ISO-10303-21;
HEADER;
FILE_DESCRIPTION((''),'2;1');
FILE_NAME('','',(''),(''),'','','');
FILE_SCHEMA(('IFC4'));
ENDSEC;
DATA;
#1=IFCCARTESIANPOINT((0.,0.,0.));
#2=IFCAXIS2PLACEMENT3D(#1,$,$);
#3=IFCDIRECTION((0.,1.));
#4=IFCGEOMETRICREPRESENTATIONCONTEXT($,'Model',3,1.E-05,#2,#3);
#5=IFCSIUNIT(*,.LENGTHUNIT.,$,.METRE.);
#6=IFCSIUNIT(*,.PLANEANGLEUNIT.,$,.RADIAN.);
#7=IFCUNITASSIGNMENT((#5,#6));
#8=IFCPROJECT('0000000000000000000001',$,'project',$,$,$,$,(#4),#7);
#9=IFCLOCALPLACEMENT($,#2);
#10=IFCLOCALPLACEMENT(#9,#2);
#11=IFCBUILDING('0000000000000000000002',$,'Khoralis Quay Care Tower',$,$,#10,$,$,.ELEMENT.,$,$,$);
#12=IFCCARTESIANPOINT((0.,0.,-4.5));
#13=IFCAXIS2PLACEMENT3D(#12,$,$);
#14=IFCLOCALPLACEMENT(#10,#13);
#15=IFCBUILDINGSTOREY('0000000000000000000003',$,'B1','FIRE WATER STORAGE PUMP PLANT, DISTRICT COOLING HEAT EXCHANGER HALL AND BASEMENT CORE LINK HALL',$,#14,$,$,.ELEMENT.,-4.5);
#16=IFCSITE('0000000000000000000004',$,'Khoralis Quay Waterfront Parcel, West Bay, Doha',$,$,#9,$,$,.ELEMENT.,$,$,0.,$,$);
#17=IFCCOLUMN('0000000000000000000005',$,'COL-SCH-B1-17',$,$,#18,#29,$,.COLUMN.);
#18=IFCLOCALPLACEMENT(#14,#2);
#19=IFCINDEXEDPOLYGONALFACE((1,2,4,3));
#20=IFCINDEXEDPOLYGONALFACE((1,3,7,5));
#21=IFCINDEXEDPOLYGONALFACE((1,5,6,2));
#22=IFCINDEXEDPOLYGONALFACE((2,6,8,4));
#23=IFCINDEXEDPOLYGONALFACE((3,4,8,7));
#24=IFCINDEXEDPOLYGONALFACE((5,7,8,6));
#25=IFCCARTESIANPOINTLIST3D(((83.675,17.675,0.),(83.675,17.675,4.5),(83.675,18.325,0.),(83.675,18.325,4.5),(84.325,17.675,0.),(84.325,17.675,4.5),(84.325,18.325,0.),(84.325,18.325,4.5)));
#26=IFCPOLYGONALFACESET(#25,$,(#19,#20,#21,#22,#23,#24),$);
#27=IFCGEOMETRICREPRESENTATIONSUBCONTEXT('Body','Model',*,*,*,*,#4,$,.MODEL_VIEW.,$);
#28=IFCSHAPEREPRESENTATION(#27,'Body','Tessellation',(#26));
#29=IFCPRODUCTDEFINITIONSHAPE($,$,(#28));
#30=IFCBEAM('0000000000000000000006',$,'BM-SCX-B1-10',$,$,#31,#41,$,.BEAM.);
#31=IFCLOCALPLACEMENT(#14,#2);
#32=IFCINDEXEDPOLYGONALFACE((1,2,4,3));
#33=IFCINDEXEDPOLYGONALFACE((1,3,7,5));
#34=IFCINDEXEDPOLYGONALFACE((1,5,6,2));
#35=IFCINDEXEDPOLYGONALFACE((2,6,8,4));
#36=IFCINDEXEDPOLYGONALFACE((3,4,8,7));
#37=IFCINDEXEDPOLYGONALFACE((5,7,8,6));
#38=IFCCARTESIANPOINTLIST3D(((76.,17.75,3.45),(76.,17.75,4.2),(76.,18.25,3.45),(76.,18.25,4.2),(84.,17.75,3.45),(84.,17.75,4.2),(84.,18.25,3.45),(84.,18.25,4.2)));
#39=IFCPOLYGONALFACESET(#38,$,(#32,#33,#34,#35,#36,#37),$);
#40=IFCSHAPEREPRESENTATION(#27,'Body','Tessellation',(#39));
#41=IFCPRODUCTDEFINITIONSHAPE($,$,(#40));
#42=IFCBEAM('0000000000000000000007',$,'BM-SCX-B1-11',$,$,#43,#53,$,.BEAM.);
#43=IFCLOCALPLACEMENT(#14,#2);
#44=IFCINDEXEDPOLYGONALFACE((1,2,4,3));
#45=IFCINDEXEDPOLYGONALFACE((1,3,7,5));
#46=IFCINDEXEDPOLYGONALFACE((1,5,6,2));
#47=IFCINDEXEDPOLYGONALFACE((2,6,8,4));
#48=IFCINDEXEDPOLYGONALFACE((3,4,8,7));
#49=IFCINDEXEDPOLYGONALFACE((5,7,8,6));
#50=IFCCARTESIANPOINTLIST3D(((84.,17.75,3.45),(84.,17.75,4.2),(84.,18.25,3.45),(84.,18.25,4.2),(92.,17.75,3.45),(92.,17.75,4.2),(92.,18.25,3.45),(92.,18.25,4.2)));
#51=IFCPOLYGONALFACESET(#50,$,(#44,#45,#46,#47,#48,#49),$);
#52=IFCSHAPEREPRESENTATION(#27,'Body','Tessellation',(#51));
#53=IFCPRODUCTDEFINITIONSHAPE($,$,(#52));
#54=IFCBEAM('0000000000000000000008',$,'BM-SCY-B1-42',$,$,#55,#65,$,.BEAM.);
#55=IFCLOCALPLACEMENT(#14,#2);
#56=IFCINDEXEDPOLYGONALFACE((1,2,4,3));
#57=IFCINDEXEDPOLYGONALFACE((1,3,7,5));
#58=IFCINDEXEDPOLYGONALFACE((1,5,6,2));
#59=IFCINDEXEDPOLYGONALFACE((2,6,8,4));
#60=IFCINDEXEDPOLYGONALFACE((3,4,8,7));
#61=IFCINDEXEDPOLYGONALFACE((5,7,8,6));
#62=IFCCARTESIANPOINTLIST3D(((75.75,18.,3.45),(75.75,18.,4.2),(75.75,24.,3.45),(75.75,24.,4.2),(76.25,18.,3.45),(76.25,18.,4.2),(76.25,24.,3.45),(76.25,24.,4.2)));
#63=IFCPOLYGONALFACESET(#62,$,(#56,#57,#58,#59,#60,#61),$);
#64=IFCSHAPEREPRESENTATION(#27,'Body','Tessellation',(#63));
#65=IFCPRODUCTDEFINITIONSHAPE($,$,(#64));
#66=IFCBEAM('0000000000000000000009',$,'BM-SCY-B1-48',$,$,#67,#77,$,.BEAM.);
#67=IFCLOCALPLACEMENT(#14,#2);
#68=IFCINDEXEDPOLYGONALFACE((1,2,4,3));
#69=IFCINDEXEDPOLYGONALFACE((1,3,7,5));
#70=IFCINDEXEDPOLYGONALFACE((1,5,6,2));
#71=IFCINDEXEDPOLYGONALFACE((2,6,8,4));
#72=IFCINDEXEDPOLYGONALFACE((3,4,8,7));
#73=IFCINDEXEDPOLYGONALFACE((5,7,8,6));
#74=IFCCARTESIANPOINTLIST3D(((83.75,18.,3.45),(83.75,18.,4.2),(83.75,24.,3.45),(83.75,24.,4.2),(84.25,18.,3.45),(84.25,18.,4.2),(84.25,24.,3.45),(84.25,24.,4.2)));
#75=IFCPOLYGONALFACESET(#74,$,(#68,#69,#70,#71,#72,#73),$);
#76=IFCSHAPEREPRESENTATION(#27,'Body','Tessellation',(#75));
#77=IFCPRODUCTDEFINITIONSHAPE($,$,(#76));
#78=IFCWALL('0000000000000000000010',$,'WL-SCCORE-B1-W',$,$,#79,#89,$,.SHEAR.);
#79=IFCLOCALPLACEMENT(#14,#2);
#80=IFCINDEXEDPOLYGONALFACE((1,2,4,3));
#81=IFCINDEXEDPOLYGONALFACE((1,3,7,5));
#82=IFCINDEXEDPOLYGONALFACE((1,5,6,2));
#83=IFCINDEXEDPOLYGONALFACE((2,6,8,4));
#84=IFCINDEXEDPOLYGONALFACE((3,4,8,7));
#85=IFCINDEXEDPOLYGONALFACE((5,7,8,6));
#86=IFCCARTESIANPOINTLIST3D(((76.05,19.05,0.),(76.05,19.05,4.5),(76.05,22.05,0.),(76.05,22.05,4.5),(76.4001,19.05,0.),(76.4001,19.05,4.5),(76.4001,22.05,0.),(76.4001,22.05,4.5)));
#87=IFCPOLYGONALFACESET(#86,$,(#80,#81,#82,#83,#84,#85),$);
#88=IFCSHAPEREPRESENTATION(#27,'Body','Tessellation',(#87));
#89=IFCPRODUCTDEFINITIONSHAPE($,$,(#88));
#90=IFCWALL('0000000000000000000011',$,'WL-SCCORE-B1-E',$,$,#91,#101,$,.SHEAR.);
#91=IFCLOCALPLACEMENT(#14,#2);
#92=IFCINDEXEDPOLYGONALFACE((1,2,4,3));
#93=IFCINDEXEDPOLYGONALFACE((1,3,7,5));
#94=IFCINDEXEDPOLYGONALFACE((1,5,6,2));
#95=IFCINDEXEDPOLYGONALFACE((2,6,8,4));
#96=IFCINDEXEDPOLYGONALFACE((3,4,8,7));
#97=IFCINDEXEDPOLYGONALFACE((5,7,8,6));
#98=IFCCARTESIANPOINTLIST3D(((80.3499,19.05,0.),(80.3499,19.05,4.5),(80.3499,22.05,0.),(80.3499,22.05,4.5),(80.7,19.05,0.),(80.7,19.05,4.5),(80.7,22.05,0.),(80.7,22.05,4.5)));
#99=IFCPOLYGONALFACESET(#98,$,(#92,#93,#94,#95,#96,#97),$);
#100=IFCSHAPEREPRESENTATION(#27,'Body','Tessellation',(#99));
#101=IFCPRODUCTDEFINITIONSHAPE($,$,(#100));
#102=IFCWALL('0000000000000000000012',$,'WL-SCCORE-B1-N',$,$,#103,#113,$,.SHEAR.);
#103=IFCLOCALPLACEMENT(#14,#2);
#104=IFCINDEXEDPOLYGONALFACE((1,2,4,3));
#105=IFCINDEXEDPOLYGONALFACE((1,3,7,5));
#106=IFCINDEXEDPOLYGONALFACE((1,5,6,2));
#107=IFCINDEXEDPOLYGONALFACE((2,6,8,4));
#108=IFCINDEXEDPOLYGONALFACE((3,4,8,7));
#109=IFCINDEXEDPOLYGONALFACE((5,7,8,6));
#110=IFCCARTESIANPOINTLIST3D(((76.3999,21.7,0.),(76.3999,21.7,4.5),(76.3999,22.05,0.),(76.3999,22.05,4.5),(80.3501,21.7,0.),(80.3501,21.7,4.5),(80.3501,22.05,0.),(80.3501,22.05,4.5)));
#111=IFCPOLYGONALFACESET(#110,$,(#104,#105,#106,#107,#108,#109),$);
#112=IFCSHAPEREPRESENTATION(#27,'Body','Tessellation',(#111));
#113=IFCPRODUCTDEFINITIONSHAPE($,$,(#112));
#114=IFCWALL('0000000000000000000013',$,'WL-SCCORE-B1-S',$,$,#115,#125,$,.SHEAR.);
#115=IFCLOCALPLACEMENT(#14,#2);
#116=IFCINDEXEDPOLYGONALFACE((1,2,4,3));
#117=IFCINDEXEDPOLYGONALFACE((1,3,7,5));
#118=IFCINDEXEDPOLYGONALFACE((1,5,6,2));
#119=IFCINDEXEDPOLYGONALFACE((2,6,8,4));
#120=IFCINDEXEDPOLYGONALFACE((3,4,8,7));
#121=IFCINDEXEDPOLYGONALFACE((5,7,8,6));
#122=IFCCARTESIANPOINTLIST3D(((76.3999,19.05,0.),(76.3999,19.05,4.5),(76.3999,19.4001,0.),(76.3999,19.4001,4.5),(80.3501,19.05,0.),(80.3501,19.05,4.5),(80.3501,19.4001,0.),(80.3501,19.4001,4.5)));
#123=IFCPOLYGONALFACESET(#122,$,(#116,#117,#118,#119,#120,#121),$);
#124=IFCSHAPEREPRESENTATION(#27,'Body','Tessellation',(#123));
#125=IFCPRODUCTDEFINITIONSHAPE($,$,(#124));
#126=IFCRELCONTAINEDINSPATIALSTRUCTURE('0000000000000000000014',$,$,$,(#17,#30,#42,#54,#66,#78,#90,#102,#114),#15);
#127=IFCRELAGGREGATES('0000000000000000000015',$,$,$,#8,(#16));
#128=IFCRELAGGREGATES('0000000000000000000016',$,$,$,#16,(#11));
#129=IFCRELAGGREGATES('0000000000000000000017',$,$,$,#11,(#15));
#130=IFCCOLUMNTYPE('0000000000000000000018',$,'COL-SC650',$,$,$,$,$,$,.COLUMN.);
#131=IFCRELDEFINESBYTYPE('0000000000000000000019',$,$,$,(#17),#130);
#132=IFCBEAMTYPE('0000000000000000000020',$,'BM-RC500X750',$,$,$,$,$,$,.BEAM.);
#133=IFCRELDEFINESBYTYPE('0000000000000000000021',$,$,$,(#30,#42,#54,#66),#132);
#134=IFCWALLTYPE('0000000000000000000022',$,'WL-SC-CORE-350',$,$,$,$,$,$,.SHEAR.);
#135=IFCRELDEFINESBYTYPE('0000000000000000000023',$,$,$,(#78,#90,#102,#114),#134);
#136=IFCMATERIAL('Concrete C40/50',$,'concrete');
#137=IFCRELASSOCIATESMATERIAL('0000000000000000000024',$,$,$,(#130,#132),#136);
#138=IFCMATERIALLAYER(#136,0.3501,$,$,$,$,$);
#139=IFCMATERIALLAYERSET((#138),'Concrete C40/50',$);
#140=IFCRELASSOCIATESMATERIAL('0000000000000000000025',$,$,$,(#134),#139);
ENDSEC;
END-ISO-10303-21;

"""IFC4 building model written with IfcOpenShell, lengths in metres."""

from ifc_helpers import new_model, si_unit, direction, frame, frame_2d, origin, origin_2d, place, context, subcontext, project, spatial, rectangle, extrude, source, transform, mapped, material, layer, layer_set, material_profile, profile_set, type_object, element, save


model = new_model("IFC4")

# Units and contexts
model_context = context("Model", 3, precision=1e-05, world=origin(), true_north=direction((0.0, 1.0)))
body_context = subcontext(model_context, "Body", "Model", "MODEL_VIEW")
ifc_project = project(units=[si_unit("LENGTHUNIT", "METRE"), si_unit("PLANEANGLEUNIT", "RADIAN")], contexts=[model_context])

# Site, building, storey
site_placement = place(None, origin())
site = spatial("IfcSite", under=ifc_project, at=site_placement, Name="Khoralis Quay Waterfront Parcel, West Bay, Doha", CompositionType="ELEMENT", RefElevation=0.0)
building_placement = place(site_placement, origin())
building = spatial("IfcBuilding", under=site, at=building_placement, Name="Khoralis Quay Care Tower", CompositionType="ELEMENT")
storey_placement = place(building_placement, frame((0.0, 0.0, -4.5)))
storey = spatial("IfcBuildingStorey", under=building, at=storey_placement, Name="B1", Description="FIRE WATER STORAGE PUMP PLANT, DISTRICT COOLING HEAT EXCHANGER HALL AND BASEMENT CORE LINK HALL", CompositionType="ELEMENT", Elevation=-4.5)

# Column
ifc_material_1 = material(Name="Concrete C40/50", Category="concrete")
ifc_material_profile_1 = material_profile(ifc_material_1, rectangle(XDim=0.6499, YDim=0.6499, at=origin_2d()), Name="Concrete C40/50")
ifc_profile_set_1 = profile_set([ifc_material_profile_1], Name="Concrete C40/50")
column_type = type_object("IfcColumnType", Name="COL-SC650", PredefinedType="COLUMN", material=ifc_profile_set_1)
shared_shape_1 = source(origin(), body_context, "Body", "SweptSolid", [
    extrude(rectangle(XDim=0.6499, YDim=0.6499, at=origin_2d()), origin(), (0.0, 0.0, 1.0), 4.5),
])
column_placement = place(storey_placement, frame((84.0, 18.0, 0.0), z_axis=(0.0, 0.0, 1.0), x_axis=(1.0, 0.0, 0.0)))
element("IfcColumn", 1, at=column_placement, inside=storey, type_object=column_type, Name="COL-SCH-B1-17", PredefinedType="COLUMN", context=body_context, shape_type="MappedRepresentation", body=[
    mapped(shared_shape_1, transform((0.0, 0.0, 0.0), scale=1.0)),
])

# Beams
ifc_material_profile_2 = material_profile(ifc_material_1, rectangle(XDim=0.5, YDim=0.75, at=origin_2d()), Name="Concrete C40/50")
ifc_profile_set_2 = profile_set([ifc_material_profile_2], Name="Concrete C40/50")
beam_type = type_object("IfcBeamType", Name="BM-RC500X750", PredefinedType="BEAM", material=ifc_profile_set_2)
shared_shape_2 = source(origin(), body_context, "Body", "SweptSolid", [
    extrude(rectangle(XDim=0.5, YDim=0.75, at=origin_2d()), origin(), (0.0, 0.0, 1.0), 8.0),
])
for number, where, z_axis, x_axis, name in (
    (2, (76.0, 18.0, 3.825), (1.0, 0.0, 0.0), (0.0, 1.0, 0.0), "BM-SCX-B1-10"),
    (3, (84.0, 18.0, 3.825), (1.0, 0.0, 0.0), (0.0, 1.0, 0.0), "BM-SCX-B1-11"),
):
    element("IfcBeam", number, at=place(storey_placement, frame(where, z_axis=z_axis, x_axis=x_axis)), inside=storey, type_object=beam_type, Name=name, PredefinedType="BEAM", context=body_context, shape_type="MappedRepresentation", body=[
        mapped(shared_shape_2, transform((0.0, 0.0, 0.0), scale=1.0)),
    ])
shared_shape_3 = source(origin(), body_context, "Body", "SweptSolid", [
    extrude(rectangle(XDim=0.5, YDim=0.75, at=origin_2d()), origin(), (0.0, 0.0, 1.0), 6.0),
])
for number, where, z_axis, x_axis, name in (
    (4, (76.0, 18.0, 3.825), (0.0, 1.0, 0.0), (-1.0, 0.0, 0.0), "BM-SCY-B1-42"),
    (5, (84.0, 18.0, 3.825), (0.0, 1.0, 0.0), (-1.0, 0.0, 0.0), "BM-SCY-B1-48"),
):
    element("IfcBeam", number, at=place(storey_placement, frame(where, z_axis=z_axis, x_axis=x_axis)), inside=storey, type_object=beam_type, Name=name, PredefinedType="BEAM", context=body_context, shape_type="MappedRepresentation", body=[
        mapped(shared_shape_3, transform((0.0, 0.0, 0.0), scale=1.0)),
    ])

# Walls
ifc_layer = layer(ifc_material_1, 0.3501)
ifc_layer_set = layer_set([ifc_layer], Name="Concrete C40/50")
wall_type = type_object("IfcWallType", Name="WL-SC-CORE-350", PredefinedType="SHEAR", material=ifc_layer_set)
for number, where, z_axis, x_axis, name in (
    (6, (76.2251, 19.05, 0.0), (0.0, 0.0, 1.0), (0.0, 1.0, 0.0), "WL-SCCORE-B1-W"),
    (7, (80.5249, 19.05, 0.0), (0.0, 0.0, 1.0), (0.0, 1.0, 0.0), "WL-SCCORE-B1-E"),
):
    element("IfcWall", number, at=place(storey_placement, frame(where, z_axis=z_axis, x_axis=x_axis)), inside=storey, type_object=wall_type, Name=name, PredefinedType="SHEAR", context=body_context, shape_type="SweptSolid", body=[
        extrude(rectangle(XDim=3.0, YDim=0.3501, at=frame_2d((1.5, 0.0))), origin(), (0.0, 0.0, 1.0), 4.5),
    ])
for number, where, z_axis, x_axis, name in (
    (8, (76.3999, 21.875, 0.0), (0.0, 0.0, 1.0), (1.0, 0.0, 0.0), "WL-SCCORE-B1-N"),
    (9, (76.3999, 19.2251, 0.0), (0.0, 0.0, 1.0), (1.0, 0.0, 0.0), "WL-SCCORE-B1-S"),
):
    element("IfcWall", number, at=place(storey_placement, frame(where, z_axis=z_axis, x_axis=x_axis)), inside=storey, type_object=wall_type, Name=name, PredefinedType="SHEAR", context=body_context, shape_type="SweptSolid", body=[
        extrude(rectangle(XDim=3.9502, YDim=0.3501, at=frame_2d((1.9751, 0.0))), origin(), (0.0, 0.0, 1.0), 4.5),
    ])

save(model, "model.ifc")
